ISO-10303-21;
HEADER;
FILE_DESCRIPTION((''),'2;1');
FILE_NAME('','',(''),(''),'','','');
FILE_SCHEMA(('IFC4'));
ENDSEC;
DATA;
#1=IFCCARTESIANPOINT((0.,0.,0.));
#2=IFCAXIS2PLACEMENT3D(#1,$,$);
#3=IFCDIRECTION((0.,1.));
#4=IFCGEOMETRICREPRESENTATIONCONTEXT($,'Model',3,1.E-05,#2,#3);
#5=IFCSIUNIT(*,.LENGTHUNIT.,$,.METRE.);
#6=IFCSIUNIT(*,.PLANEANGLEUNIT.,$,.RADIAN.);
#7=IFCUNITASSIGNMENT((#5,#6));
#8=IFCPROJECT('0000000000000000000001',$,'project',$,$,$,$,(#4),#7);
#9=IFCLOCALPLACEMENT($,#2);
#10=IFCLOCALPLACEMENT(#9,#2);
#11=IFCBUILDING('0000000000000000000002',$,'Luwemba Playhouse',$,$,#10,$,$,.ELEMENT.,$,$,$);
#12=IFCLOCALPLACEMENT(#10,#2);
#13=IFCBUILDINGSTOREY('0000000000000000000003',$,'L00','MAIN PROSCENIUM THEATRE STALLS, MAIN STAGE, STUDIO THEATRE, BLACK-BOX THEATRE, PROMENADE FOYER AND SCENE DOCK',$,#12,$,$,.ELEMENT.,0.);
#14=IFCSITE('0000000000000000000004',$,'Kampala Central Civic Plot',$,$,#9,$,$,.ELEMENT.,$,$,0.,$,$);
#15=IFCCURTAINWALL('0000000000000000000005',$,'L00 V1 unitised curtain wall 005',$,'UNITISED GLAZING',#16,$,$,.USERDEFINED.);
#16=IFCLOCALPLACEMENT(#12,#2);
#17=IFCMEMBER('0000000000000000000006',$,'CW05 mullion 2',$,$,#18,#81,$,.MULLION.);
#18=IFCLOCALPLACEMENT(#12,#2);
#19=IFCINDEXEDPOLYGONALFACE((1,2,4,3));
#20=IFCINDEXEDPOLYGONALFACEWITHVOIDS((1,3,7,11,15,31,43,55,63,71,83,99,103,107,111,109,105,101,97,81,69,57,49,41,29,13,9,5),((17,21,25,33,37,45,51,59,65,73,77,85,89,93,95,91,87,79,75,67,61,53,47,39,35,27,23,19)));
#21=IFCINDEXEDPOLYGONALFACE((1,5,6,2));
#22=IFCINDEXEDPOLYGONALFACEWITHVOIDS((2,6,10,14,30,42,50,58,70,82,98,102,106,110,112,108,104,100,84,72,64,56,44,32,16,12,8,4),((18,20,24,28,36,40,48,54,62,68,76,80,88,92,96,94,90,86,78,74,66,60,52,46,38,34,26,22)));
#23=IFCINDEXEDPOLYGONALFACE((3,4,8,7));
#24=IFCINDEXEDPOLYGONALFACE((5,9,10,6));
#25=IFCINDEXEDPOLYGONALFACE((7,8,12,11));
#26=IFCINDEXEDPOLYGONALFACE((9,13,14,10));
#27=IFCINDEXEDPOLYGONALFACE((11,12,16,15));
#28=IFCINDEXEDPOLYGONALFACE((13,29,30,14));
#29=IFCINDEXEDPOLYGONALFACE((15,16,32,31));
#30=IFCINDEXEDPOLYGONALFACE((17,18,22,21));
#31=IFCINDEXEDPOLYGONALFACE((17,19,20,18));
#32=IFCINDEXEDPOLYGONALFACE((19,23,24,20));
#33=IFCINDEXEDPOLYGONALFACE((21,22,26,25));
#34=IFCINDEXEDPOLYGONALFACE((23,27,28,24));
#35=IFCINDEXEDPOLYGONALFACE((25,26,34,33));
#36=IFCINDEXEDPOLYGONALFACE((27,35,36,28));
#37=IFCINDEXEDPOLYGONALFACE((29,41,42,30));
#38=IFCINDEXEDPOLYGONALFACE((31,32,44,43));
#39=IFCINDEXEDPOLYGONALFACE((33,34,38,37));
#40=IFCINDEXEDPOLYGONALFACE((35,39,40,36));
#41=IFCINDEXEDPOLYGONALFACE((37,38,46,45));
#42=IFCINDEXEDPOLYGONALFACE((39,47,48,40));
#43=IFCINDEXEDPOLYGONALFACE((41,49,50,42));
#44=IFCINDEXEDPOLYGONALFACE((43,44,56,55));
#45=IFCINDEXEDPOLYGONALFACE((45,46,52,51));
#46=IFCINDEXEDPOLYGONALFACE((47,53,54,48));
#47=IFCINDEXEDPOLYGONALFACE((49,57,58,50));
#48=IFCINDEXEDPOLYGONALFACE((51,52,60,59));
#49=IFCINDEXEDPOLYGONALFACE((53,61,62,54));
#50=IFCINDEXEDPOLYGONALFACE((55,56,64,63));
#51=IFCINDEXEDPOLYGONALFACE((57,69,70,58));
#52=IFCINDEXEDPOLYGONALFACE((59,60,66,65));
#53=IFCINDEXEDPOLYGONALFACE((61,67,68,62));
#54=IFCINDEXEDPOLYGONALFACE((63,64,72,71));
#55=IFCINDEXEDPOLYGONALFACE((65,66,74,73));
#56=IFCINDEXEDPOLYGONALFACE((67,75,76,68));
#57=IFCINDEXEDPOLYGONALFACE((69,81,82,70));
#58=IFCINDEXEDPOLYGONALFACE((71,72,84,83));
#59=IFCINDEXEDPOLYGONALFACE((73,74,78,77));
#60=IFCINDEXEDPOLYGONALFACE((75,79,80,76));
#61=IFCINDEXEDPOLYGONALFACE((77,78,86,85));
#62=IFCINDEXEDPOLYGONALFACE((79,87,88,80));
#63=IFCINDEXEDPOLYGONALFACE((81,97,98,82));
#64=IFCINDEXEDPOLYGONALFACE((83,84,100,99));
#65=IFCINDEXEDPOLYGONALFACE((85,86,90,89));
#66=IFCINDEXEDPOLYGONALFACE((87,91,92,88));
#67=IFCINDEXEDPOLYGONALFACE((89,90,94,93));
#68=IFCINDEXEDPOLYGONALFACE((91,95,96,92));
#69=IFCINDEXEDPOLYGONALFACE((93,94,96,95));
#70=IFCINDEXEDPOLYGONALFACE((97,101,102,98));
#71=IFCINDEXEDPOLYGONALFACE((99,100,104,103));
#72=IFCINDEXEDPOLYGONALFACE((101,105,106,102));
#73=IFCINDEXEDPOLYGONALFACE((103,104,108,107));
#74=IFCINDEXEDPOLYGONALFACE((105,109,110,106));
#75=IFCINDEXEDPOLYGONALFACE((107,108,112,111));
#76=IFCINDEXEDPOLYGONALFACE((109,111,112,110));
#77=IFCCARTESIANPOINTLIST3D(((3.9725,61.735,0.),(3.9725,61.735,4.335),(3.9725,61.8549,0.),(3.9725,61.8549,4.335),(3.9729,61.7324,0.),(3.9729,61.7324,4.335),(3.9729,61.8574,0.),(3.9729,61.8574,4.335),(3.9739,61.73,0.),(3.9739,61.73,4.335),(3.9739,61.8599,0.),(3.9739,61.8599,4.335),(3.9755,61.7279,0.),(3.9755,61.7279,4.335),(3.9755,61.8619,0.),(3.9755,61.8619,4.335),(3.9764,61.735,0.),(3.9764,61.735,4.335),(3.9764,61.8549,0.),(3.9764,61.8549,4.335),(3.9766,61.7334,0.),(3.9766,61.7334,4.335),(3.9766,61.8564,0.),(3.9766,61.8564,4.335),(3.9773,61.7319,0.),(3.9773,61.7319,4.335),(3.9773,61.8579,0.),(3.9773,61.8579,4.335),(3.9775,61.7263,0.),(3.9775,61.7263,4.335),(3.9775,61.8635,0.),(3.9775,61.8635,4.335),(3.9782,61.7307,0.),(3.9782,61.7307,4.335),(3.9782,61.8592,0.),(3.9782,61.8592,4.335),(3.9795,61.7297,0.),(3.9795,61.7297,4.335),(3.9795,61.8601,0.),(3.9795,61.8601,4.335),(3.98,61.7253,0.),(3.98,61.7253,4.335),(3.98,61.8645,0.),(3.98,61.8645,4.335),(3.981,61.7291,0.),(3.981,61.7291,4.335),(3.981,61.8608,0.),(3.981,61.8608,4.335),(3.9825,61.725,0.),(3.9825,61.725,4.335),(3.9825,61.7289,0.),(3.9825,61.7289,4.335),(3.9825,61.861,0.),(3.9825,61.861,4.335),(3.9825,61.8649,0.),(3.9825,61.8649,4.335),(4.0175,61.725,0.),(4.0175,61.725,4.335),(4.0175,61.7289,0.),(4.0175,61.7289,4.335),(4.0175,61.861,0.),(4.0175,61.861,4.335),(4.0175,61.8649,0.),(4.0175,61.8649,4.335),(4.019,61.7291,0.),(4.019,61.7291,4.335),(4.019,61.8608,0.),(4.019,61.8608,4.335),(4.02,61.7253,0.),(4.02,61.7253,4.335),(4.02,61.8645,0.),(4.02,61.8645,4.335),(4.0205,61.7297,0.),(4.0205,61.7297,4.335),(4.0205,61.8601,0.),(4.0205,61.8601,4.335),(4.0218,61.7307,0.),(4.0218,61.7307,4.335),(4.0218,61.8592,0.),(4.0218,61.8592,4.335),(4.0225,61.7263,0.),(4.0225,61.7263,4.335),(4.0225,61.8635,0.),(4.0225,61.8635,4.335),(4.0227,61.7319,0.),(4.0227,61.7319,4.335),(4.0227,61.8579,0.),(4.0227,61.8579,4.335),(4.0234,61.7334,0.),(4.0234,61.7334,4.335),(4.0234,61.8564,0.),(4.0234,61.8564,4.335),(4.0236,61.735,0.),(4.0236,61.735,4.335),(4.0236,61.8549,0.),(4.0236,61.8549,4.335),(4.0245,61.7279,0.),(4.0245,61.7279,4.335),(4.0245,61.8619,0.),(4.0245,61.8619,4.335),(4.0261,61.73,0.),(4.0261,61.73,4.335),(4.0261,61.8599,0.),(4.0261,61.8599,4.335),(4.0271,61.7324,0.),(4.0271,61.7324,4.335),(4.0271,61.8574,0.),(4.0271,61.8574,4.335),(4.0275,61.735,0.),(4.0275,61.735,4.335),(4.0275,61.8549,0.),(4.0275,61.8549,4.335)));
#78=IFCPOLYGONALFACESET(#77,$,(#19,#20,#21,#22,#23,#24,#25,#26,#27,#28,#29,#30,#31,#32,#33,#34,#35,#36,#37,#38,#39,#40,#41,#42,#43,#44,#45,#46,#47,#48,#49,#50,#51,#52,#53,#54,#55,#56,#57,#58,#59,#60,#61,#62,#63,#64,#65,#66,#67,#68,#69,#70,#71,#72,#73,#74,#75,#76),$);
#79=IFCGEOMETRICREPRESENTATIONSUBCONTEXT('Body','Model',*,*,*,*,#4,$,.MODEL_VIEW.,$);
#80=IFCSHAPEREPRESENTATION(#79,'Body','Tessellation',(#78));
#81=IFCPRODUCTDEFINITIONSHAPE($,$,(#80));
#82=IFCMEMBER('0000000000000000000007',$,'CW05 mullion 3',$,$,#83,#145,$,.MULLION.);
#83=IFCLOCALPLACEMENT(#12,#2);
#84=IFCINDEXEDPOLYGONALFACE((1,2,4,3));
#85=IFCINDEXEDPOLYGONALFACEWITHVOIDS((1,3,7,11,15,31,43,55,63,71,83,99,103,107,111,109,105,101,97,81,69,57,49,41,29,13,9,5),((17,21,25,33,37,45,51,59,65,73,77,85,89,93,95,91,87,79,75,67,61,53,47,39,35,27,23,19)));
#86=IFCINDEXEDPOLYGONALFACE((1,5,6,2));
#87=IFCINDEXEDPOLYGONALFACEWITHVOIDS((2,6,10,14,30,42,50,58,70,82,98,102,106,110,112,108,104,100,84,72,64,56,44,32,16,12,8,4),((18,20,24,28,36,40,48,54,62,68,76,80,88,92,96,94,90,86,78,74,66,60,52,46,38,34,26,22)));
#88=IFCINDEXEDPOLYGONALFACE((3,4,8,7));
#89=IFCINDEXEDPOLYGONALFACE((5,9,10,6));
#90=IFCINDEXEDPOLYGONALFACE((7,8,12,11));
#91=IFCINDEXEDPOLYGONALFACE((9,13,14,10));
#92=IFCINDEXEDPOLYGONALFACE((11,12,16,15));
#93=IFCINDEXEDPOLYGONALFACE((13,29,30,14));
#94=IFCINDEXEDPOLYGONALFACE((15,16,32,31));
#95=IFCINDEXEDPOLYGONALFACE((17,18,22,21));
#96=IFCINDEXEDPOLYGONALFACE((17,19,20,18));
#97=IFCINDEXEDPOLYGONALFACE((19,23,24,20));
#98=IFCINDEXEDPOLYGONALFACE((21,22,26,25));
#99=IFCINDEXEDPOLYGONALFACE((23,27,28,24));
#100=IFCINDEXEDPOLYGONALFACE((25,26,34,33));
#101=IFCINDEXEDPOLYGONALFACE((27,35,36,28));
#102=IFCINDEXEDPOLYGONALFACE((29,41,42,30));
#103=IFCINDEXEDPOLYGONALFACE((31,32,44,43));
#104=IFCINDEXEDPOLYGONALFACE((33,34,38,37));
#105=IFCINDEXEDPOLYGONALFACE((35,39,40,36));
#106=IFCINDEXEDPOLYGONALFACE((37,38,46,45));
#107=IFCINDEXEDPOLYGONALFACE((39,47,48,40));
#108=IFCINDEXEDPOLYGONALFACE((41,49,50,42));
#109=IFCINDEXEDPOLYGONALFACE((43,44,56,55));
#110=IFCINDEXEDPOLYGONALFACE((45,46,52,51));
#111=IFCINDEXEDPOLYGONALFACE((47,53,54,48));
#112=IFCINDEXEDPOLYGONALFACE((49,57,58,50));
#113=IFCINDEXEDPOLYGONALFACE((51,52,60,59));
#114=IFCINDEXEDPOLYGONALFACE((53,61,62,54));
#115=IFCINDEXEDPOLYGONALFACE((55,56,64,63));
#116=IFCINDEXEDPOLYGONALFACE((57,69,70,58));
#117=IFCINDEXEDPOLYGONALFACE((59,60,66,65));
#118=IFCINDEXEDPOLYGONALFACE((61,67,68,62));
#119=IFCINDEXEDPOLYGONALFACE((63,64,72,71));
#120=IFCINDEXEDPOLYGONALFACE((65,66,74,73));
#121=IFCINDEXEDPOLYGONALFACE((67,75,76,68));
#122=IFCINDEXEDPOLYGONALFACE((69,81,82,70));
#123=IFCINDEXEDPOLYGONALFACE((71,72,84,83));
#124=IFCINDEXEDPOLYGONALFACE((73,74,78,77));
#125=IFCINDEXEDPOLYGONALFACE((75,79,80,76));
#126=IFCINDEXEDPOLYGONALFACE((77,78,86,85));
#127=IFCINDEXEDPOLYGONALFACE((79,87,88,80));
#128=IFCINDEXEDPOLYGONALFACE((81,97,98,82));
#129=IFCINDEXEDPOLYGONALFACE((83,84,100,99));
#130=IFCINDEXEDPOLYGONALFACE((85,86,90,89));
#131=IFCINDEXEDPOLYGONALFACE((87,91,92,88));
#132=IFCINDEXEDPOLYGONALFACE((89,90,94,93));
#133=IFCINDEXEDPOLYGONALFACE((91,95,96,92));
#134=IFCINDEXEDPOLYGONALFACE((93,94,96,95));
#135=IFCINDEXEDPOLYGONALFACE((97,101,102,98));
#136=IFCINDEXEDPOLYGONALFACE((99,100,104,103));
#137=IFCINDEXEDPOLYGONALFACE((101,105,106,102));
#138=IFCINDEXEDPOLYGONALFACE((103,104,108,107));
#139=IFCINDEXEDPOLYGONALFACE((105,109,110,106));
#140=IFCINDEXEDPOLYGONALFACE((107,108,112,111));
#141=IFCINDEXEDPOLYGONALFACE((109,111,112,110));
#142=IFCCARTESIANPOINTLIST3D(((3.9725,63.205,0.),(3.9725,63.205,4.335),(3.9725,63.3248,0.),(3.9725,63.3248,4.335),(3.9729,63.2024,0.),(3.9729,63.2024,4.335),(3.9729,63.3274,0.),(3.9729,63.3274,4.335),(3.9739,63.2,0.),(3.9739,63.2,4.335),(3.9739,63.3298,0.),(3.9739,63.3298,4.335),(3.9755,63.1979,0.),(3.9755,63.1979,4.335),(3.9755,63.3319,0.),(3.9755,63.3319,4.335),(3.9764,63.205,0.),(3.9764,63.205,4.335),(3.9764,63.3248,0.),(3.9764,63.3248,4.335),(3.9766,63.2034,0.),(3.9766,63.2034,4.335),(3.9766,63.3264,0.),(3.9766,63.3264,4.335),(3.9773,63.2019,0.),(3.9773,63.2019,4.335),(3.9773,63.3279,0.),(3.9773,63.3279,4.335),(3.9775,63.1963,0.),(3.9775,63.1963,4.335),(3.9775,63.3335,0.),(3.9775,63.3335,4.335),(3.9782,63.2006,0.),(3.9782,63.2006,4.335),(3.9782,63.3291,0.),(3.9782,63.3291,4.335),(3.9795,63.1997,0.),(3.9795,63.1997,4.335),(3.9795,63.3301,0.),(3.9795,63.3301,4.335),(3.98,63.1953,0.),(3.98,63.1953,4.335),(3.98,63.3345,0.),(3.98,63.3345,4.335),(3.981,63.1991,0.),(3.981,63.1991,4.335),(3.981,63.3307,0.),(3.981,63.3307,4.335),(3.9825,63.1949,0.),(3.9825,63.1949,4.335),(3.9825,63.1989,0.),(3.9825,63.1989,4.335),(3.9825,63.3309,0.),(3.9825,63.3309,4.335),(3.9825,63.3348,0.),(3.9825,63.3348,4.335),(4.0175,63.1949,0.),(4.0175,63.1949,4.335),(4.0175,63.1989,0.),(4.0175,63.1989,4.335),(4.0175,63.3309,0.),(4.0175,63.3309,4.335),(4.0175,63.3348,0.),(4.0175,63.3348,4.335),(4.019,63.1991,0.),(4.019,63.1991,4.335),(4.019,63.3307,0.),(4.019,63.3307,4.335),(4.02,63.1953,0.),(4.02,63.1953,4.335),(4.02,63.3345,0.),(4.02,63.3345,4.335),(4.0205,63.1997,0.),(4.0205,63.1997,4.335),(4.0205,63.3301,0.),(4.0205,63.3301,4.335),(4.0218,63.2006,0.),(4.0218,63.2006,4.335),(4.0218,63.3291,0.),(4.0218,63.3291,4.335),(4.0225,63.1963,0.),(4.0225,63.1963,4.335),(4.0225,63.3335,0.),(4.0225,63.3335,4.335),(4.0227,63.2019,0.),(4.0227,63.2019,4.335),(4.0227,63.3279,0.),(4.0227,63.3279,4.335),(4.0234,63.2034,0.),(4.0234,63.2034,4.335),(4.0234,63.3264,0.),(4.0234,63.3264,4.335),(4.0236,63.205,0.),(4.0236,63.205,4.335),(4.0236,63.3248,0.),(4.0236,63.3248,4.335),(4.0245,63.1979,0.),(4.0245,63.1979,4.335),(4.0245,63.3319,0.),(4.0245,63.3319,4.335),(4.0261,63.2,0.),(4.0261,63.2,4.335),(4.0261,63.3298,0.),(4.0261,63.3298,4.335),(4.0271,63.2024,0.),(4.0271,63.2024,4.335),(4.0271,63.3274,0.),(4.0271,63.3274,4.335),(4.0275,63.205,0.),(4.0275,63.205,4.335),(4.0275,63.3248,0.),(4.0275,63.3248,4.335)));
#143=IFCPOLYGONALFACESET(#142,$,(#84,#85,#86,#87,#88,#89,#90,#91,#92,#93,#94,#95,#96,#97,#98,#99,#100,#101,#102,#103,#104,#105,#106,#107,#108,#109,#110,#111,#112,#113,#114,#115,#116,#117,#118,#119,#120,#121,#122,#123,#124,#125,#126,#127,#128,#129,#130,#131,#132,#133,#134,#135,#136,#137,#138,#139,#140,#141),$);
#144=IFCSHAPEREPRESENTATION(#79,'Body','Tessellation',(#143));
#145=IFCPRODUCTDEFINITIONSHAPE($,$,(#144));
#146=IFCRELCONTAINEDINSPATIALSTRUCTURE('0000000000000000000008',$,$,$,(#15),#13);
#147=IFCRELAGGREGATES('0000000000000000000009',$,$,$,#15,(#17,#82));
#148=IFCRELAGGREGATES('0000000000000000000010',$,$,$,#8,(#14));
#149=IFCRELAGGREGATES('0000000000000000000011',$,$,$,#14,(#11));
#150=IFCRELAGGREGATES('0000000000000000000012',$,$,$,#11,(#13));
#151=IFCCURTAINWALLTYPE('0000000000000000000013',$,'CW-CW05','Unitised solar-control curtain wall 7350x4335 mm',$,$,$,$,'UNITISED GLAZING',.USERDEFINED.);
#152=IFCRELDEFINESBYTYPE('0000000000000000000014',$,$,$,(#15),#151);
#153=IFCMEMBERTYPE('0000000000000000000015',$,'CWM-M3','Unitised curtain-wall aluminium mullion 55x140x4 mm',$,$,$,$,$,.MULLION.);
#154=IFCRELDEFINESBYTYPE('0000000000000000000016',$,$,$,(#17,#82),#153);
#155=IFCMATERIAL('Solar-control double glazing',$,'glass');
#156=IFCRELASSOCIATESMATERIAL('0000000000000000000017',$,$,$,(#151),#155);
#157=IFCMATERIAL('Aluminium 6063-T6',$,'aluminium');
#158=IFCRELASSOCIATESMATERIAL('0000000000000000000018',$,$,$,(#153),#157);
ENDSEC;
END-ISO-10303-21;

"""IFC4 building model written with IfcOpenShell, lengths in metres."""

from ifc_helpers import new_model, si_unit, direction, frame, origin, origin_2d, place, context, subcontext, project, spatial, hollow_rectangle, extrude, material, material_profile, profile_set, type_object, element, aggregate, save


model = new_model("IFC4")

# Units and contexts
model_context = context("Model", 3, precision=1e-05, world=origin(), true_north=direction((0.0, 1.0)))
body_context = subcontext(model_context, "Body", "Model", "MODEL_VIEW")
ifc_project = project(units=[si_unit("LENGTHUNIT", "METRE"), si_unit("PLANEANGLEUNIT", "RADIAN")], contexts=[model_context])

# Site, building, storey
site_placement = place(None, origin())
site = spatial("IfcSite", under=ifc_project, at=site_placement, Name="Kampala Central Civic Plot", CompositionType="ELEMENT", RefElevation=0.0)
building_placement = place(site_placement, origin())
building = spatial("IfcBuilding", under=site, at=building_placement, Name="Luwemba Playhouse", CompositionType="ELEMENT")
storey_placement = place(building_placement, origin())
storey = spatial("IfcBuildingStorey", under=building, at=storey_placement, Name="L00", Description="MAIN PROSCENIUM THEATRE STALLS, MAIN STAGE, STUDIO THEATRE, BLACK-BOX THEATRE, PROMENADE FOYER AND SCENE DOCK", CompositionType="ELEMENT", Elevation=0.0)

# Curtain wall, members
ifc_material_1 = material(Name="Solar-control double glazing", Category="glass")
curtain_wall_type = type_object("IfcCurtainWallType", Name="CW-CW05", Description="Unitised solar-control curtain wall 7350x4335 mm", ElementType="UNITISED GLAZING", PredefinedType="USERDEFINED", material=ifc_material_1)
curtain_wall_placement = place(storey_placement, origin())
curtain_wall = element("IfcCurtainWall", 1, at=curtain_wall_placement, inside=storey, type_object=curtain_wall_type, Name="L00 V1 unitised curtain wall 005", ObjectType="UNITISED GLAZING", PredefinedType="USERDEFINED")
ifc_material_2 = material(Name="Aluminium 6063-T6", Category="aluminium")
ifc_material_profile_1 = material_profile(ifc_material_2, hollow_rectangle(XDim=0.0549, YDim=0.1399, WallThickness=0.0039, InnerFilletRadius=0.0061, OuterFilletRadius=0.01, at=origin_2d()))
ifc_profile_set_1 = profile_set([ifc_material_profile_1], Name="Aluminium 6063-T6")
member_type_1 = type_object("IfcMemberType", Name="CWM-M3", Description="Unitised curtain-wall aluminium mullion 55x140x4 mm", PredefinedType="MULLION", material=ifc_profile_set_1)
member_1_placement = place(storey_placement, frame((4.0, 61.7949, 0.0), z_axis=(0.0, 0.0, 1.0), x_axis=(-1.0, 0.0, 0.0)))
member_1 = element("IfcMember", 2, at=member_1_placement, type_object=member_type_1, Name="CW05 mullion 2", PredefinedType="MULLION", context=body_context, shape_type="SweptSolid", body=[
    extrude(hollow_rectangle(XDim=0.0549, YDim=0.1399, WallThickness=0.0039, InnerFilletRadius=0.0061, OuterFilletRadius=0.01, at=origin_2d()), origin(), (0.0, 0.0, 1.0), 4.335),
])
member_2_placement = place(storey_placement, frame((4.0, 63.2649, 0.0), z_axis=(0.0, 0.0, 1.0), x_axis=(-1.0, 0.0, 0.0)))
member_2 = element("IfcMember", 3, at=member_2_placement, type_object=member_type_1, Name="CW05 mullion 3", PredefinedType="MULLION", context=body_context, shape_type="SweptSolid", body=[
    extrude(hollow_rectangle(XDim=0.0549, YDim=0.1399, WallThickness=0.0039, InnerFilletRadius=0.0061, OuterFilletRadius=0.01, at=origin_2d()), origin(), (0.0, 0.0, 1.0), 4.335),
])
aggregate(curtain_wall, [member_1, member_2])

save(model, "model.ifc")
